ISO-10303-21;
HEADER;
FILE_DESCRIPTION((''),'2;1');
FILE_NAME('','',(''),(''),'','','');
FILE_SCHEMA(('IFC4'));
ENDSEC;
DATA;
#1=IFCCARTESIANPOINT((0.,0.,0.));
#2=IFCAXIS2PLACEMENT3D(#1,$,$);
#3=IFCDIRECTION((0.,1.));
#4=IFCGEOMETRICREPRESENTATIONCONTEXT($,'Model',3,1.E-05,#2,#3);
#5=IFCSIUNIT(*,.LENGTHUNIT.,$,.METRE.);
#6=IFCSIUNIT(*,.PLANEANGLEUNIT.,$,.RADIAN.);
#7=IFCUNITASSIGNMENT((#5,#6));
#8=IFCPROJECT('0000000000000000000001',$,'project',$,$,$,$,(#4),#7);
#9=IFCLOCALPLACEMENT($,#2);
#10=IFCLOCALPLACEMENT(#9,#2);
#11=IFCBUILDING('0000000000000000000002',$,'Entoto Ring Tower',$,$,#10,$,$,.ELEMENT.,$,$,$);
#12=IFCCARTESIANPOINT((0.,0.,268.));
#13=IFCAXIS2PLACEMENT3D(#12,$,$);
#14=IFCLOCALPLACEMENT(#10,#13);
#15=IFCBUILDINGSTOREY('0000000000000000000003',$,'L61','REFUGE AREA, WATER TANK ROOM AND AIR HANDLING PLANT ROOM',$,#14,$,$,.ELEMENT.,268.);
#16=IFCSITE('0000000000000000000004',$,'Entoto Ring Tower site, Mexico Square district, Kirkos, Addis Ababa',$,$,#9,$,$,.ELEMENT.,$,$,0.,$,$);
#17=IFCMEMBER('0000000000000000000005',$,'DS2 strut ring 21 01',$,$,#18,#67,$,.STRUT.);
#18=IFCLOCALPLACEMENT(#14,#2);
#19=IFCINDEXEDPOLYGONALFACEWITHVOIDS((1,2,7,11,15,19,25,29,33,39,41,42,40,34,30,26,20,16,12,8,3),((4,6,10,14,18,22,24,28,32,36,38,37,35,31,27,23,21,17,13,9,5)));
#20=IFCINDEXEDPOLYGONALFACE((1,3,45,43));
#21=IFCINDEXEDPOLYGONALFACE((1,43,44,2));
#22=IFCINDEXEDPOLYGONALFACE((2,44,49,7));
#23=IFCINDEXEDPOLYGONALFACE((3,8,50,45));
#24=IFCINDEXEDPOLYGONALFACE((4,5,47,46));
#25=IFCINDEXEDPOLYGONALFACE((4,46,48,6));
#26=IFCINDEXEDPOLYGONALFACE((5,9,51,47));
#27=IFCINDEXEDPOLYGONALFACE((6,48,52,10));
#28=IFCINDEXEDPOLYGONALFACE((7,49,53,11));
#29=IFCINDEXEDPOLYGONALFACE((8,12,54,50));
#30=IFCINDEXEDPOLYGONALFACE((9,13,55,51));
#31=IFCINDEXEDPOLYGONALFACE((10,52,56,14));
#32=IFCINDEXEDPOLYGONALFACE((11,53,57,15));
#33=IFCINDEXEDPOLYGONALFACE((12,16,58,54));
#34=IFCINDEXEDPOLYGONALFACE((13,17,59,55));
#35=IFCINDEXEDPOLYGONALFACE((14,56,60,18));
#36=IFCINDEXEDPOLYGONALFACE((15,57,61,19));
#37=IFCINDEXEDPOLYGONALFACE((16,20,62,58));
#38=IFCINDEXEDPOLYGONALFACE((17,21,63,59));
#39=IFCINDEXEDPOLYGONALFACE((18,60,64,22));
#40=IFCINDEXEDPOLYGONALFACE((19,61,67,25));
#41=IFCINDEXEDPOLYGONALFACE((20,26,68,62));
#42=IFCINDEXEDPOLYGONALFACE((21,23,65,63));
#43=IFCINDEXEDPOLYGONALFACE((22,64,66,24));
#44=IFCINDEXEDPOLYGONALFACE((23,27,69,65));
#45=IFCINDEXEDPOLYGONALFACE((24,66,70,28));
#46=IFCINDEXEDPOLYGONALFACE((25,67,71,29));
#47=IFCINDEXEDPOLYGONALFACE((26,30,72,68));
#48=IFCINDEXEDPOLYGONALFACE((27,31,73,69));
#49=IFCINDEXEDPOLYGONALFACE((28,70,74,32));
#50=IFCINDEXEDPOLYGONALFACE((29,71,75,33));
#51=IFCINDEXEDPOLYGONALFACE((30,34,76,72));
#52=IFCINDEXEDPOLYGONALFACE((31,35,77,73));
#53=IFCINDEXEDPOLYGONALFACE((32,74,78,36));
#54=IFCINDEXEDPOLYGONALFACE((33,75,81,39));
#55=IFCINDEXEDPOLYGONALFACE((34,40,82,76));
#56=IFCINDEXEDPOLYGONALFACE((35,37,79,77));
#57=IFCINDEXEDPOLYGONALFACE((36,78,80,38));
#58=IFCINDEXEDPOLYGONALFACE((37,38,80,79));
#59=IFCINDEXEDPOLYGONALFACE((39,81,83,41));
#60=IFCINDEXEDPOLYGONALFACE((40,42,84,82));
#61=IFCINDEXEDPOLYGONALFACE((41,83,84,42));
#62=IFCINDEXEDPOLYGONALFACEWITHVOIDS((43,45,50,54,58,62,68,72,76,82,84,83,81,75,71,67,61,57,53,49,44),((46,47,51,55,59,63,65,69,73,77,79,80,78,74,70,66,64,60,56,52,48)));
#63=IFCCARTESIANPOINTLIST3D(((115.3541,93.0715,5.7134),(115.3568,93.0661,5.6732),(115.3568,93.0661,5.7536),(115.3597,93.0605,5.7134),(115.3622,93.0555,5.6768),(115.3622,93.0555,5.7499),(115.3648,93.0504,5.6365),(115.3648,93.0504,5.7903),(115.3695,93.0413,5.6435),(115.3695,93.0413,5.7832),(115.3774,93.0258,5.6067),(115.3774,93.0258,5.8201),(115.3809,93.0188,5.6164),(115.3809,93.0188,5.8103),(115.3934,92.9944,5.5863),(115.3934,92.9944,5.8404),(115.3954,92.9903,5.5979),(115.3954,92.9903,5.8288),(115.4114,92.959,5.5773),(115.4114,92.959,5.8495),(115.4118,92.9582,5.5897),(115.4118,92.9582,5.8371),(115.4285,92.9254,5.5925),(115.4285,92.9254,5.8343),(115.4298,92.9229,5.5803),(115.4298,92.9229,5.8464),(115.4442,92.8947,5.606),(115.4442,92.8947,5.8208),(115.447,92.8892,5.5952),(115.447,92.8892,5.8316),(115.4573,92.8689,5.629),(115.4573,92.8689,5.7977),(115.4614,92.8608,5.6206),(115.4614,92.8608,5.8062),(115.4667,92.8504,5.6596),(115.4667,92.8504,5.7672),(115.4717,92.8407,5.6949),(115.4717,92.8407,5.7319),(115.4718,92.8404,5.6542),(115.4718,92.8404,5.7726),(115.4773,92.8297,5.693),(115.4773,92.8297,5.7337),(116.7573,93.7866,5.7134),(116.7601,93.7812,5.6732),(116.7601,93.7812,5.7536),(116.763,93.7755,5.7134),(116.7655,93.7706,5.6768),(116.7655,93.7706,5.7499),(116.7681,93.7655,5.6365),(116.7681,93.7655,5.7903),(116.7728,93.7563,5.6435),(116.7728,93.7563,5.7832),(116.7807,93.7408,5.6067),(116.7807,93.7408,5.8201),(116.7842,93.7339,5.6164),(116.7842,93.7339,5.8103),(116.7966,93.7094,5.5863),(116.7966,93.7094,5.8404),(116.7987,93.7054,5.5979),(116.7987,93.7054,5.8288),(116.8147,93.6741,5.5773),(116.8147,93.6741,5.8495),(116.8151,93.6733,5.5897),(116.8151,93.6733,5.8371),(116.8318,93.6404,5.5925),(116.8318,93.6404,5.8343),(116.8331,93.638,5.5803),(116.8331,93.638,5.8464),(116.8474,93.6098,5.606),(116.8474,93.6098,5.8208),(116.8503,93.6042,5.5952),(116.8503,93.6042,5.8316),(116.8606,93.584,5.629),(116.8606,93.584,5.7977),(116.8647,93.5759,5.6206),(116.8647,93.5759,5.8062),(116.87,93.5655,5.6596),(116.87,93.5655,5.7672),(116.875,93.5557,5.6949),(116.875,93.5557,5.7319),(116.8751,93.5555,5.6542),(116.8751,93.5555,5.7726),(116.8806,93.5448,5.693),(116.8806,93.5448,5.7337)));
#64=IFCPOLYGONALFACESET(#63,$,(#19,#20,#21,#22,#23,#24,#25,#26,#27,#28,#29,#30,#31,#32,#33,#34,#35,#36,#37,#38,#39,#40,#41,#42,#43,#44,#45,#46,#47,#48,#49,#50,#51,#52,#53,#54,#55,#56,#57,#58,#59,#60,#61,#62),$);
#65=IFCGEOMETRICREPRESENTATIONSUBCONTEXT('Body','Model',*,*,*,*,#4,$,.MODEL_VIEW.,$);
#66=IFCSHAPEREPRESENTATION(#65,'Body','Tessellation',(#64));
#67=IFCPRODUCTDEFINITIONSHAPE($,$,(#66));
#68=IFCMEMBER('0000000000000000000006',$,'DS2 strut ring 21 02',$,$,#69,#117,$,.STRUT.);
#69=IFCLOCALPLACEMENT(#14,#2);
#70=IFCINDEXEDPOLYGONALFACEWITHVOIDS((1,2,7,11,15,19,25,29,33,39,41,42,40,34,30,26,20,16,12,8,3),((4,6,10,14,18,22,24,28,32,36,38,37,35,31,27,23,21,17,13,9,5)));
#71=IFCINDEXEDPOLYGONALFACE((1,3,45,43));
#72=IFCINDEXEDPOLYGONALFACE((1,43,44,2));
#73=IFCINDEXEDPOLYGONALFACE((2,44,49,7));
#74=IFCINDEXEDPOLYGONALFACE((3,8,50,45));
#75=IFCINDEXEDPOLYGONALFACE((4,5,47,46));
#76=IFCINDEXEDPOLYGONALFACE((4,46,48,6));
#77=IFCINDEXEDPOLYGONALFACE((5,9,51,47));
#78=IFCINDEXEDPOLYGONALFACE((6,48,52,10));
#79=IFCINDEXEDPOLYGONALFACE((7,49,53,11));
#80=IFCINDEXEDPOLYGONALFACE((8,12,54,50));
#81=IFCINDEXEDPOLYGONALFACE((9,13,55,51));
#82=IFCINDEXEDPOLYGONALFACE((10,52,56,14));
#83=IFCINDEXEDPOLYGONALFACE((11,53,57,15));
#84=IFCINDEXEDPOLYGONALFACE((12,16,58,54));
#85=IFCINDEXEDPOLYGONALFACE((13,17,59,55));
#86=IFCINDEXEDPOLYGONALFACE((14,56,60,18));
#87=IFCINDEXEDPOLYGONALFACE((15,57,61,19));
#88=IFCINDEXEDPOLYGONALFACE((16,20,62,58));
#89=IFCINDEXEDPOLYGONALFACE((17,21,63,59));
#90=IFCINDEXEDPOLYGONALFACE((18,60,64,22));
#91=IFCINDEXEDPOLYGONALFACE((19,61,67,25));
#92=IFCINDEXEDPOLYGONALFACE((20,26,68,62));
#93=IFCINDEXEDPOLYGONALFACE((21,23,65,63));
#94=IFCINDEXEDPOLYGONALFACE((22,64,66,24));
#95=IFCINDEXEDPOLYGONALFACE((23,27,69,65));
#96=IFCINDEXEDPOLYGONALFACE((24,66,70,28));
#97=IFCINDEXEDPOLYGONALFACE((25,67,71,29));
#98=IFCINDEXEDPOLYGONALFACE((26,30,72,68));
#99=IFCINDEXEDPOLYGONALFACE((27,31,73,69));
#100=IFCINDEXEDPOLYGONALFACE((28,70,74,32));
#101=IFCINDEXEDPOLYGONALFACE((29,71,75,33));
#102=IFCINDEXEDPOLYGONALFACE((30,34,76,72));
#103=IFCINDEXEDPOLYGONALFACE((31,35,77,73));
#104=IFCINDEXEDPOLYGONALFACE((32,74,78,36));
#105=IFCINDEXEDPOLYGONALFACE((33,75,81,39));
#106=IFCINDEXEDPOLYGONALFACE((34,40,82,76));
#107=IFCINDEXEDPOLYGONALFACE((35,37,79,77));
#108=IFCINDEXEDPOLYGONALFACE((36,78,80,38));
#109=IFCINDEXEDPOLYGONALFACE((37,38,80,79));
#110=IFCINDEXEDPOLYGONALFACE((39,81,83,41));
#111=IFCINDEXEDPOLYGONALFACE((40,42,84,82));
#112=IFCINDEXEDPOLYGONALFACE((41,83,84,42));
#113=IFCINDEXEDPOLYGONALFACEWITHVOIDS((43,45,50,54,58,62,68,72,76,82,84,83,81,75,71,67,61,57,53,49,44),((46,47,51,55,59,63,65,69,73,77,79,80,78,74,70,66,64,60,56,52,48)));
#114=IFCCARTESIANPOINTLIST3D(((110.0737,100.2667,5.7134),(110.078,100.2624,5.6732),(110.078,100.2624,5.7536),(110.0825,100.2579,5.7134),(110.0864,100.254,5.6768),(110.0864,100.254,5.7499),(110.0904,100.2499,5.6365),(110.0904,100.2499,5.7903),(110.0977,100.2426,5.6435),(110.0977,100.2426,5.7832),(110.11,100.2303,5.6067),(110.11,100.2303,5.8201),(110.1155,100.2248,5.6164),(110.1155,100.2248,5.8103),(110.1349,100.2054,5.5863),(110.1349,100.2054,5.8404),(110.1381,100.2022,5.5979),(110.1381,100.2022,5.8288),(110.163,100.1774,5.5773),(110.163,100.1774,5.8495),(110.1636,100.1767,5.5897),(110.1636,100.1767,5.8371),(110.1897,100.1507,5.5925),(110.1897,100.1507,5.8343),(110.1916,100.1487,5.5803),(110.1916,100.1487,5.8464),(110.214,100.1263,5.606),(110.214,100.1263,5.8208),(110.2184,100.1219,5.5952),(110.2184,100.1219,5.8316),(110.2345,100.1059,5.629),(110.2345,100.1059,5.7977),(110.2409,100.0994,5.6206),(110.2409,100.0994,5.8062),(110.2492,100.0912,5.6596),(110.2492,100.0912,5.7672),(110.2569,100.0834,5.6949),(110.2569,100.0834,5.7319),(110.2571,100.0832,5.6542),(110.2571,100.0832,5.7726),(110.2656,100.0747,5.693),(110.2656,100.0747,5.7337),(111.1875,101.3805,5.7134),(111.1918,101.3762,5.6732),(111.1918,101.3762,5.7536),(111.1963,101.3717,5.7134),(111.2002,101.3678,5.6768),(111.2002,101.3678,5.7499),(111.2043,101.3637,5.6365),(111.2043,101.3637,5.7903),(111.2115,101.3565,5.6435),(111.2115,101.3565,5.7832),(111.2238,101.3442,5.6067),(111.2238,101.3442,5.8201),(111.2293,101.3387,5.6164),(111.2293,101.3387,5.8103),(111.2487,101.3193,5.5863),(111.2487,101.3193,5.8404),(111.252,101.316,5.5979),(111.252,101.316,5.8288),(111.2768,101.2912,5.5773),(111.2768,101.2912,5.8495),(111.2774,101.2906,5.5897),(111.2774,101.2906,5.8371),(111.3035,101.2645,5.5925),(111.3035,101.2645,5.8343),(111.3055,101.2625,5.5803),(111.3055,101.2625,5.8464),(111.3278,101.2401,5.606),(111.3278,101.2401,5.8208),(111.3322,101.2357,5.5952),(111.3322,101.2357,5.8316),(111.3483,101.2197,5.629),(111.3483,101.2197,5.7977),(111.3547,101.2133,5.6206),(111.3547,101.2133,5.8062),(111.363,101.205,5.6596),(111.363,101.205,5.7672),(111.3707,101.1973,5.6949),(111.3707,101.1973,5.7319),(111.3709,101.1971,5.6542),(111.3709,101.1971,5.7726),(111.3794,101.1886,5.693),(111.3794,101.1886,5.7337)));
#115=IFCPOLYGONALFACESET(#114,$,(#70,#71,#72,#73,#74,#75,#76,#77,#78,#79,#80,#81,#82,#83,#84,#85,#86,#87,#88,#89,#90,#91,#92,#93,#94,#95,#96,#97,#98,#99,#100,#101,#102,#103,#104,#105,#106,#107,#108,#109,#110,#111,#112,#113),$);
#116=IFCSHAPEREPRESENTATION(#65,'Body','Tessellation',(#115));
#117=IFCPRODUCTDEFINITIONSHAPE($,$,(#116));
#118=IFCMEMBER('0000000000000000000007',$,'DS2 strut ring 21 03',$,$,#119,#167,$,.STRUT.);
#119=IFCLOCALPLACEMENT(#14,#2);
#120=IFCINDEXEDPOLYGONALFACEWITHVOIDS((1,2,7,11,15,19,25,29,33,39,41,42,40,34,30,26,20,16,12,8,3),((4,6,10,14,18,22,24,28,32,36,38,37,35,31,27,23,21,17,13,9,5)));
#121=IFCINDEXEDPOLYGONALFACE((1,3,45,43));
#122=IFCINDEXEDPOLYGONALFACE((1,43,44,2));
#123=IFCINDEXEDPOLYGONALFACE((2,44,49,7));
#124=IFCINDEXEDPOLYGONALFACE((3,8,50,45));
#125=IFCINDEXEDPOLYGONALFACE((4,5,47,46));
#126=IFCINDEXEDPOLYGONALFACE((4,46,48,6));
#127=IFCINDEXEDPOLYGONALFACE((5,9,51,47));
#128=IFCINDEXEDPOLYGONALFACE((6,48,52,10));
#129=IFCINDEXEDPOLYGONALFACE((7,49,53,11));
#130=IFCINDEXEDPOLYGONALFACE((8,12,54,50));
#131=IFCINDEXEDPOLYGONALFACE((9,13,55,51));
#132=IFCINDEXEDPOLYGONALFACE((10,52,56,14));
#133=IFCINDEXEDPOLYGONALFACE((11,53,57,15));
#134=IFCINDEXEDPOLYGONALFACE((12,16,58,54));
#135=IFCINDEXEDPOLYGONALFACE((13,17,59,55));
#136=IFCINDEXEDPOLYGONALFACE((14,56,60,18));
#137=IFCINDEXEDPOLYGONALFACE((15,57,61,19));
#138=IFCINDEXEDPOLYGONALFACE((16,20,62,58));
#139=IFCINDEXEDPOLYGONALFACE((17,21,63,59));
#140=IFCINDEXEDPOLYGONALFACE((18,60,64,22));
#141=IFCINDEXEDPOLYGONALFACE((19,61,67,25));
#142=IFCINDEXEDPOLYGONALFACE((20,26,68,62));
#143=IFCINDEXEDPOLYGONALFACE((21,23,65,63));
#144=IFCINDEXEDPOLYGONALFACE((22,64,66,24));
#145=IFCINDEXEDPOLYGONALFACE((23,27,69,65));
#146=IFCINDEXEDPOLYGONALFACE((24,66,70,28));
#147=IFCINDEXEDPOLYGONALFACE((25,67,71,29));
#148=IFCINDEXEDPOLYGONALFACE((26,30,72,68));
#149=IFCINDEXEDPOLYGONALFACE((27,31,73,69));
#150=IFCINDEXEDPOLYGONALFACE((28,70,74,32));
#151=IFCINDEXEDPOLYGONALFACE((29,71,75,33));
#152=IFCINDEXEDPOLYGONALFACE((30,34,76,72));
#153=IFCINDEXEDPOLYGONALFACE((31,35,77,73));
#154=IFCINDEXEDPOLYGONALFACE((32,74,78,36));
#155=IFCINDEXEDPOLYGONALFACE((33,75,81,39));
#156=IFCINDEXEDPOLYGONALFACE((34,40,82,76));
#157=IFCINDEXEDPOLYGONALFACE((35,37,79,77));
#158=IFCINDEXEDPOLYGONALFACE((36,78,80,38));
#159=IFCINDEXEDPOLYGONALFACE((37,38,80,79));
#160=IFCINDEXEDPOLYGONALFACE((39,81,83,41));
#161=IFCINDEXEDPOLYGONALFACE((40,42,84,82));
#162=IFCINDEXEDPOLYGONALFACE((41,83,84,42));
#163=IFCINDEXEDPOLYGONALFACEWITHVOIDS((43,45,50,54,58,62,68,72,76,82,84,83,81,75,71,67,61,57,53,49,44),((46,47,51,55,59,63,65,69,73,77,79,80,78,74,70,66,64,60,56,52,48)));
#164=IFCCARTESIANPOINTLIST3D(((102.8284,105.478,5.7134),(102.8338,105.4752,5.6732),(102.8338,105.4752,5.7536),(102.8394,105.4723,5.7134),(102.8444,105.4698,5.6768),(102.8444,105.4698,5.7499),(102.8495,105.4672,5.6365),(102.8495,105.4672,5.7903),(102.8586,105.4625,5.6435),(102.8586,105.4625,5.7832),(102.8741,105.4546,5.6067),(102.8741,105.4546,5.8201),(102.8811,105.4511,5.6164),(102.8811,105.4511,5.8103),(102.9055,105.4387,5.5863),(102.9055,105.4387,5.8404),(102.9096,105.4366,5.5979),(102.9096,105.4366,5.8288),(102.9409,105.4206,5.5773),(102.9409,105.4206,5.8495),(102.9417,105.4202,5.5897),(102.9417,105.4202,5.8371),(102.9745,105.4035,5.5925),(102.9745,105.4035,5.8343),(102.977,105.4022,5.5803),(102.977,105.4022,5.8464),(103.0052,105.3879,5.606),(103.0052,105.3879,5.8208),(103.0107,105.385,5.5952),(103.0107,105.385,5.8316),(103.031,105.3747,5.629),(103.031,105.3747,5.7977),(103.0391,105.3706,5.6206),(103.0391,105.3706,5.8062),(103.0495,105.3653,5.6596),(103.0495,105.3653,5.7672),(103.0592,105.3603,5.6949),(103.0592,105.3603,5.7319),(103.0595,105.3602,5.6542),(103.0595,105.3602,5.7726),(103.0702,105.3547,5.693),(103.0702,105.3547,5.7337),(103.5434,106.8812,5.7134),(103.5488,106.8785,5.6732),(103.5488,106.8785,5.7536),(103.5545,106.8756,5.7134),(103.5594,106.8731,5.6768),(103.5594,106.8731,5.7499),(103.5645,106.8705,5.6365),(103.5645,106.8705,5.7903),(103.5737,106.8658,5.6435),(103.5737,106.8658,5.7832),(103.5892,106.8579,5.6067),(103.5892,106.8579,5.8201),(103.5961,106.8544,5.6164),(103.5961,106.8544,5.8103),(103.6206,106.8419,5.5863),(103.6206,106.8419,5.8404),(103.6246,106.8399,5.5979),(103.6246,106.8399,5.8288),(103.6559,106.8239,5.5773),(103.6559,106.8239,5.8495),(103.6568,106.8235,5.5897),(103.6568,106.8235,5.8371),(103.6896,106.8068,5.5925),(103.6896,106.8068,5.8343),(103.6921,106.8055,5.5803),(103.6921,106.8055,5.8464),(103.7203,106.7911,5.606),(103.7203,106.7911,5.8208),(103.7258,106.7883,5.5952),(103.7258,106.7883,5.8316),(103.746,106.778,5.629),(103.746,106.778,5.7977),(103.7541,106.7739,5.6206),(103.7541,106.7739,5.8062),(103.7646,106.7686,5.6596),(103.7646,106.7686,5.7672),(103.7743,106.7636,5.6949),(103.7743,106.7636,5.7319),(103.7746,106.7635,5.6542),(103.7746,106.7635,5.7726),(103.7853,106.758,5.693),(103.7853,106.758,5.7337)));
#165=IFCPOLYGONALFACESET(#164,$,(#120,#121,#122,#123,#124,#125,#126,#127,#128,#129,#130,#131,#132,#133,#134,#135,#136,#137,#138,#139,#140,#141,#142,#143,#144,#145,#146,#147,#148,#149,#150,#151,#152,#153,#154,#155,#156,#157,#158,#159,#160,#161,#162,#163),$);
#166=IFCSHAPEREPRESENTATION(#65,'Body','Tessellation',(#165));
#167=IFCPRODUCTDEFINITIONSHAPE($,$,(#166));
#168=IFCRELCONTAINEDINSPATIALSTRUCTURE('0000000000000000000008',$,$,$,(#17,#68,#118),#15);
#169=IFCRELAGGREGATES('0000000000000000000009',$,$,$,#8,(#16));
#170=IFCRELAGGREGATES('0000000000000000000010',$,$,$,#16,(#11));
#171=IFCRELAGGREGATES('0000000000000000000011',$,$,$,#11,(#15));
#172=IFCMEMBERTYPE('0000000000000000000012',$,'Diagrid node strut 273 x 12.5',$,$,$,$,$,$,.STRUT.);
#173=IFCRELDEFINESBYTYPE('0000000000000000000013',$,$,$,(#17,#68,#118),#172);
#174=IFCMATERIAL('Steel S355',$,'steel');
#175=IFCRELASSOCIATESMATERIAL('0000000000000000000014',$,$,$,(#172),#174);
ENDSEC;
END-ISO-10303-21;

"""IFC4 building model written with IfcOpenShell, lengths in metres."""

from ifc_helpers import new_model, si_unit, direction, frame, origin, origin_2d, place, context, subcontext, project, spatial, circle, hollow_circle, extrude, material, material_profile, profile_set, type_object, element, save


model = new_model("IFC4")

# Units and contexts
model_context = context("Model", 3, precision=1e-05, world=origin(), true_north=direction((0.0, 1.0)))
body_context = subcontext(model_context, "Body", "Model", "MODEL_VIEW")
ifc_project = project(units=[si_unit("LENGTHUNIT", "METRE"), si_unit("PLANEANGLEUNIT", "RADIAN")], contexts=[model_context])

# Site, building, storey
site_placement = place(None, origin())
site = spatial("IfcSite", under=ifc_project, at=site_placement, Name="Entoto Ring Tower site, Mexico Square district, Kirkos, Addis Ababa", CompositionType="ELEMENT", RefElevation=0.0)
building_placement = place(site_placement, origin())
building = spatial("IfcBuilding", under=site, at=building_placement, Name="Entoto Ring Tower", CompositionType="ELEMENT")
storey_placement = place(building_placement, frame((0.0, 0.0, 268.0)))
storey = spatial("IfcBuildingStorey", under=building, at=storey_placement, Name="L61", Description="REFUGE AREA, WATER TANK ROOM AND AIR HANDLING PLANT ROOM", CompositionType="ELEMENT", Elevation=268.0)

# Members
ifc_material_1 = material(Name="Steel S355", Category="steel")
ifc_material_profile_1 = material_profile(ifc_material_1, hollow_circle(Radius=0.1365, WallThickness=0.0125, at=origin_2d()), Name="CHS 273 x 12.5")
ifc_material_2 = material(Name="Concrete C60/75", Category="concrete")
ifc_material_profile_2 = material_profile(ifc_material_2, circle(Radius=0.124, at=origin_2d()), Name="Concrete C60/75 infill")
ifc_profile_set_1 = profile_set([ifc_material_profile_1, ifc_material_profile_2], Name="Steel S355")
member_type_1 = type_object("IfcMemberType", Name="Diagrid node strut 273 x 12.5", PredefinedType="STRUT", material=ifc_profile_set_1)
member_1_placement = place(storey_placement, frame((115.416, 92.95, 5.7134), z_axis=(0.890991, 0.454021, 0.0), x_axis=(-0.454021, 0.890991, 0.0)))
element("IfcMember", 1, at=member_1_placement, inside=storey, type_object=member_type_1, Name="DS2 strut ring 21 01", PredefinedType="STRUT", context=body_context, shape_type="SweptSolid", body=[
    extrude(hollow_circle(Radius=0.1365, WallThickness=0.0125, at=origin_2d()), origin(), (0.0, 0.0, 1.0), 1.575),
])
member_2_placement = place(storey_placement, frame((110.1702, 100.1702, 5.7134), z_axis=(0.707107, 0.707107, 0.0), x_axis=(-0.707107, 0.707107, 0.0)))
element("IfcMember", 2, at=member_2_placement, inside=storey, type_object=member_type_1, Name="DS2 strut ring 21 02", PredefinedType="STRUT", context=body_context, shape_type="SweptSolid", body=[
    extrude(hollow_circle(Radius=0.1365, WallThickness=0.0125, at=origin_2d()), origin(), (0.0, 0.0, 1.0), 1.5752),
])
member_3_placement = place(storey_placement, frame((102.95, 105.416, 5.7134), z_axis=(0.454021, 0.890991, 0.0), x_axis=(-0.890991, 0.454021, 0.0)))
element("IfcMember", 3, at=member_3_placement, inside=storey, type_object=member_type_1, Name="DS2 strut ring 21 03", PredefinedType="STRUT", context=body_context, shape_type="SweptSolid", body=[
    extrude(hollow_circle(Radius=0.1365, WallThickness=0.0125, at=origin_2d()), origin(), (0.0, 0.0, 1.0), 1.575),
])

save(model, "model.ifc")
